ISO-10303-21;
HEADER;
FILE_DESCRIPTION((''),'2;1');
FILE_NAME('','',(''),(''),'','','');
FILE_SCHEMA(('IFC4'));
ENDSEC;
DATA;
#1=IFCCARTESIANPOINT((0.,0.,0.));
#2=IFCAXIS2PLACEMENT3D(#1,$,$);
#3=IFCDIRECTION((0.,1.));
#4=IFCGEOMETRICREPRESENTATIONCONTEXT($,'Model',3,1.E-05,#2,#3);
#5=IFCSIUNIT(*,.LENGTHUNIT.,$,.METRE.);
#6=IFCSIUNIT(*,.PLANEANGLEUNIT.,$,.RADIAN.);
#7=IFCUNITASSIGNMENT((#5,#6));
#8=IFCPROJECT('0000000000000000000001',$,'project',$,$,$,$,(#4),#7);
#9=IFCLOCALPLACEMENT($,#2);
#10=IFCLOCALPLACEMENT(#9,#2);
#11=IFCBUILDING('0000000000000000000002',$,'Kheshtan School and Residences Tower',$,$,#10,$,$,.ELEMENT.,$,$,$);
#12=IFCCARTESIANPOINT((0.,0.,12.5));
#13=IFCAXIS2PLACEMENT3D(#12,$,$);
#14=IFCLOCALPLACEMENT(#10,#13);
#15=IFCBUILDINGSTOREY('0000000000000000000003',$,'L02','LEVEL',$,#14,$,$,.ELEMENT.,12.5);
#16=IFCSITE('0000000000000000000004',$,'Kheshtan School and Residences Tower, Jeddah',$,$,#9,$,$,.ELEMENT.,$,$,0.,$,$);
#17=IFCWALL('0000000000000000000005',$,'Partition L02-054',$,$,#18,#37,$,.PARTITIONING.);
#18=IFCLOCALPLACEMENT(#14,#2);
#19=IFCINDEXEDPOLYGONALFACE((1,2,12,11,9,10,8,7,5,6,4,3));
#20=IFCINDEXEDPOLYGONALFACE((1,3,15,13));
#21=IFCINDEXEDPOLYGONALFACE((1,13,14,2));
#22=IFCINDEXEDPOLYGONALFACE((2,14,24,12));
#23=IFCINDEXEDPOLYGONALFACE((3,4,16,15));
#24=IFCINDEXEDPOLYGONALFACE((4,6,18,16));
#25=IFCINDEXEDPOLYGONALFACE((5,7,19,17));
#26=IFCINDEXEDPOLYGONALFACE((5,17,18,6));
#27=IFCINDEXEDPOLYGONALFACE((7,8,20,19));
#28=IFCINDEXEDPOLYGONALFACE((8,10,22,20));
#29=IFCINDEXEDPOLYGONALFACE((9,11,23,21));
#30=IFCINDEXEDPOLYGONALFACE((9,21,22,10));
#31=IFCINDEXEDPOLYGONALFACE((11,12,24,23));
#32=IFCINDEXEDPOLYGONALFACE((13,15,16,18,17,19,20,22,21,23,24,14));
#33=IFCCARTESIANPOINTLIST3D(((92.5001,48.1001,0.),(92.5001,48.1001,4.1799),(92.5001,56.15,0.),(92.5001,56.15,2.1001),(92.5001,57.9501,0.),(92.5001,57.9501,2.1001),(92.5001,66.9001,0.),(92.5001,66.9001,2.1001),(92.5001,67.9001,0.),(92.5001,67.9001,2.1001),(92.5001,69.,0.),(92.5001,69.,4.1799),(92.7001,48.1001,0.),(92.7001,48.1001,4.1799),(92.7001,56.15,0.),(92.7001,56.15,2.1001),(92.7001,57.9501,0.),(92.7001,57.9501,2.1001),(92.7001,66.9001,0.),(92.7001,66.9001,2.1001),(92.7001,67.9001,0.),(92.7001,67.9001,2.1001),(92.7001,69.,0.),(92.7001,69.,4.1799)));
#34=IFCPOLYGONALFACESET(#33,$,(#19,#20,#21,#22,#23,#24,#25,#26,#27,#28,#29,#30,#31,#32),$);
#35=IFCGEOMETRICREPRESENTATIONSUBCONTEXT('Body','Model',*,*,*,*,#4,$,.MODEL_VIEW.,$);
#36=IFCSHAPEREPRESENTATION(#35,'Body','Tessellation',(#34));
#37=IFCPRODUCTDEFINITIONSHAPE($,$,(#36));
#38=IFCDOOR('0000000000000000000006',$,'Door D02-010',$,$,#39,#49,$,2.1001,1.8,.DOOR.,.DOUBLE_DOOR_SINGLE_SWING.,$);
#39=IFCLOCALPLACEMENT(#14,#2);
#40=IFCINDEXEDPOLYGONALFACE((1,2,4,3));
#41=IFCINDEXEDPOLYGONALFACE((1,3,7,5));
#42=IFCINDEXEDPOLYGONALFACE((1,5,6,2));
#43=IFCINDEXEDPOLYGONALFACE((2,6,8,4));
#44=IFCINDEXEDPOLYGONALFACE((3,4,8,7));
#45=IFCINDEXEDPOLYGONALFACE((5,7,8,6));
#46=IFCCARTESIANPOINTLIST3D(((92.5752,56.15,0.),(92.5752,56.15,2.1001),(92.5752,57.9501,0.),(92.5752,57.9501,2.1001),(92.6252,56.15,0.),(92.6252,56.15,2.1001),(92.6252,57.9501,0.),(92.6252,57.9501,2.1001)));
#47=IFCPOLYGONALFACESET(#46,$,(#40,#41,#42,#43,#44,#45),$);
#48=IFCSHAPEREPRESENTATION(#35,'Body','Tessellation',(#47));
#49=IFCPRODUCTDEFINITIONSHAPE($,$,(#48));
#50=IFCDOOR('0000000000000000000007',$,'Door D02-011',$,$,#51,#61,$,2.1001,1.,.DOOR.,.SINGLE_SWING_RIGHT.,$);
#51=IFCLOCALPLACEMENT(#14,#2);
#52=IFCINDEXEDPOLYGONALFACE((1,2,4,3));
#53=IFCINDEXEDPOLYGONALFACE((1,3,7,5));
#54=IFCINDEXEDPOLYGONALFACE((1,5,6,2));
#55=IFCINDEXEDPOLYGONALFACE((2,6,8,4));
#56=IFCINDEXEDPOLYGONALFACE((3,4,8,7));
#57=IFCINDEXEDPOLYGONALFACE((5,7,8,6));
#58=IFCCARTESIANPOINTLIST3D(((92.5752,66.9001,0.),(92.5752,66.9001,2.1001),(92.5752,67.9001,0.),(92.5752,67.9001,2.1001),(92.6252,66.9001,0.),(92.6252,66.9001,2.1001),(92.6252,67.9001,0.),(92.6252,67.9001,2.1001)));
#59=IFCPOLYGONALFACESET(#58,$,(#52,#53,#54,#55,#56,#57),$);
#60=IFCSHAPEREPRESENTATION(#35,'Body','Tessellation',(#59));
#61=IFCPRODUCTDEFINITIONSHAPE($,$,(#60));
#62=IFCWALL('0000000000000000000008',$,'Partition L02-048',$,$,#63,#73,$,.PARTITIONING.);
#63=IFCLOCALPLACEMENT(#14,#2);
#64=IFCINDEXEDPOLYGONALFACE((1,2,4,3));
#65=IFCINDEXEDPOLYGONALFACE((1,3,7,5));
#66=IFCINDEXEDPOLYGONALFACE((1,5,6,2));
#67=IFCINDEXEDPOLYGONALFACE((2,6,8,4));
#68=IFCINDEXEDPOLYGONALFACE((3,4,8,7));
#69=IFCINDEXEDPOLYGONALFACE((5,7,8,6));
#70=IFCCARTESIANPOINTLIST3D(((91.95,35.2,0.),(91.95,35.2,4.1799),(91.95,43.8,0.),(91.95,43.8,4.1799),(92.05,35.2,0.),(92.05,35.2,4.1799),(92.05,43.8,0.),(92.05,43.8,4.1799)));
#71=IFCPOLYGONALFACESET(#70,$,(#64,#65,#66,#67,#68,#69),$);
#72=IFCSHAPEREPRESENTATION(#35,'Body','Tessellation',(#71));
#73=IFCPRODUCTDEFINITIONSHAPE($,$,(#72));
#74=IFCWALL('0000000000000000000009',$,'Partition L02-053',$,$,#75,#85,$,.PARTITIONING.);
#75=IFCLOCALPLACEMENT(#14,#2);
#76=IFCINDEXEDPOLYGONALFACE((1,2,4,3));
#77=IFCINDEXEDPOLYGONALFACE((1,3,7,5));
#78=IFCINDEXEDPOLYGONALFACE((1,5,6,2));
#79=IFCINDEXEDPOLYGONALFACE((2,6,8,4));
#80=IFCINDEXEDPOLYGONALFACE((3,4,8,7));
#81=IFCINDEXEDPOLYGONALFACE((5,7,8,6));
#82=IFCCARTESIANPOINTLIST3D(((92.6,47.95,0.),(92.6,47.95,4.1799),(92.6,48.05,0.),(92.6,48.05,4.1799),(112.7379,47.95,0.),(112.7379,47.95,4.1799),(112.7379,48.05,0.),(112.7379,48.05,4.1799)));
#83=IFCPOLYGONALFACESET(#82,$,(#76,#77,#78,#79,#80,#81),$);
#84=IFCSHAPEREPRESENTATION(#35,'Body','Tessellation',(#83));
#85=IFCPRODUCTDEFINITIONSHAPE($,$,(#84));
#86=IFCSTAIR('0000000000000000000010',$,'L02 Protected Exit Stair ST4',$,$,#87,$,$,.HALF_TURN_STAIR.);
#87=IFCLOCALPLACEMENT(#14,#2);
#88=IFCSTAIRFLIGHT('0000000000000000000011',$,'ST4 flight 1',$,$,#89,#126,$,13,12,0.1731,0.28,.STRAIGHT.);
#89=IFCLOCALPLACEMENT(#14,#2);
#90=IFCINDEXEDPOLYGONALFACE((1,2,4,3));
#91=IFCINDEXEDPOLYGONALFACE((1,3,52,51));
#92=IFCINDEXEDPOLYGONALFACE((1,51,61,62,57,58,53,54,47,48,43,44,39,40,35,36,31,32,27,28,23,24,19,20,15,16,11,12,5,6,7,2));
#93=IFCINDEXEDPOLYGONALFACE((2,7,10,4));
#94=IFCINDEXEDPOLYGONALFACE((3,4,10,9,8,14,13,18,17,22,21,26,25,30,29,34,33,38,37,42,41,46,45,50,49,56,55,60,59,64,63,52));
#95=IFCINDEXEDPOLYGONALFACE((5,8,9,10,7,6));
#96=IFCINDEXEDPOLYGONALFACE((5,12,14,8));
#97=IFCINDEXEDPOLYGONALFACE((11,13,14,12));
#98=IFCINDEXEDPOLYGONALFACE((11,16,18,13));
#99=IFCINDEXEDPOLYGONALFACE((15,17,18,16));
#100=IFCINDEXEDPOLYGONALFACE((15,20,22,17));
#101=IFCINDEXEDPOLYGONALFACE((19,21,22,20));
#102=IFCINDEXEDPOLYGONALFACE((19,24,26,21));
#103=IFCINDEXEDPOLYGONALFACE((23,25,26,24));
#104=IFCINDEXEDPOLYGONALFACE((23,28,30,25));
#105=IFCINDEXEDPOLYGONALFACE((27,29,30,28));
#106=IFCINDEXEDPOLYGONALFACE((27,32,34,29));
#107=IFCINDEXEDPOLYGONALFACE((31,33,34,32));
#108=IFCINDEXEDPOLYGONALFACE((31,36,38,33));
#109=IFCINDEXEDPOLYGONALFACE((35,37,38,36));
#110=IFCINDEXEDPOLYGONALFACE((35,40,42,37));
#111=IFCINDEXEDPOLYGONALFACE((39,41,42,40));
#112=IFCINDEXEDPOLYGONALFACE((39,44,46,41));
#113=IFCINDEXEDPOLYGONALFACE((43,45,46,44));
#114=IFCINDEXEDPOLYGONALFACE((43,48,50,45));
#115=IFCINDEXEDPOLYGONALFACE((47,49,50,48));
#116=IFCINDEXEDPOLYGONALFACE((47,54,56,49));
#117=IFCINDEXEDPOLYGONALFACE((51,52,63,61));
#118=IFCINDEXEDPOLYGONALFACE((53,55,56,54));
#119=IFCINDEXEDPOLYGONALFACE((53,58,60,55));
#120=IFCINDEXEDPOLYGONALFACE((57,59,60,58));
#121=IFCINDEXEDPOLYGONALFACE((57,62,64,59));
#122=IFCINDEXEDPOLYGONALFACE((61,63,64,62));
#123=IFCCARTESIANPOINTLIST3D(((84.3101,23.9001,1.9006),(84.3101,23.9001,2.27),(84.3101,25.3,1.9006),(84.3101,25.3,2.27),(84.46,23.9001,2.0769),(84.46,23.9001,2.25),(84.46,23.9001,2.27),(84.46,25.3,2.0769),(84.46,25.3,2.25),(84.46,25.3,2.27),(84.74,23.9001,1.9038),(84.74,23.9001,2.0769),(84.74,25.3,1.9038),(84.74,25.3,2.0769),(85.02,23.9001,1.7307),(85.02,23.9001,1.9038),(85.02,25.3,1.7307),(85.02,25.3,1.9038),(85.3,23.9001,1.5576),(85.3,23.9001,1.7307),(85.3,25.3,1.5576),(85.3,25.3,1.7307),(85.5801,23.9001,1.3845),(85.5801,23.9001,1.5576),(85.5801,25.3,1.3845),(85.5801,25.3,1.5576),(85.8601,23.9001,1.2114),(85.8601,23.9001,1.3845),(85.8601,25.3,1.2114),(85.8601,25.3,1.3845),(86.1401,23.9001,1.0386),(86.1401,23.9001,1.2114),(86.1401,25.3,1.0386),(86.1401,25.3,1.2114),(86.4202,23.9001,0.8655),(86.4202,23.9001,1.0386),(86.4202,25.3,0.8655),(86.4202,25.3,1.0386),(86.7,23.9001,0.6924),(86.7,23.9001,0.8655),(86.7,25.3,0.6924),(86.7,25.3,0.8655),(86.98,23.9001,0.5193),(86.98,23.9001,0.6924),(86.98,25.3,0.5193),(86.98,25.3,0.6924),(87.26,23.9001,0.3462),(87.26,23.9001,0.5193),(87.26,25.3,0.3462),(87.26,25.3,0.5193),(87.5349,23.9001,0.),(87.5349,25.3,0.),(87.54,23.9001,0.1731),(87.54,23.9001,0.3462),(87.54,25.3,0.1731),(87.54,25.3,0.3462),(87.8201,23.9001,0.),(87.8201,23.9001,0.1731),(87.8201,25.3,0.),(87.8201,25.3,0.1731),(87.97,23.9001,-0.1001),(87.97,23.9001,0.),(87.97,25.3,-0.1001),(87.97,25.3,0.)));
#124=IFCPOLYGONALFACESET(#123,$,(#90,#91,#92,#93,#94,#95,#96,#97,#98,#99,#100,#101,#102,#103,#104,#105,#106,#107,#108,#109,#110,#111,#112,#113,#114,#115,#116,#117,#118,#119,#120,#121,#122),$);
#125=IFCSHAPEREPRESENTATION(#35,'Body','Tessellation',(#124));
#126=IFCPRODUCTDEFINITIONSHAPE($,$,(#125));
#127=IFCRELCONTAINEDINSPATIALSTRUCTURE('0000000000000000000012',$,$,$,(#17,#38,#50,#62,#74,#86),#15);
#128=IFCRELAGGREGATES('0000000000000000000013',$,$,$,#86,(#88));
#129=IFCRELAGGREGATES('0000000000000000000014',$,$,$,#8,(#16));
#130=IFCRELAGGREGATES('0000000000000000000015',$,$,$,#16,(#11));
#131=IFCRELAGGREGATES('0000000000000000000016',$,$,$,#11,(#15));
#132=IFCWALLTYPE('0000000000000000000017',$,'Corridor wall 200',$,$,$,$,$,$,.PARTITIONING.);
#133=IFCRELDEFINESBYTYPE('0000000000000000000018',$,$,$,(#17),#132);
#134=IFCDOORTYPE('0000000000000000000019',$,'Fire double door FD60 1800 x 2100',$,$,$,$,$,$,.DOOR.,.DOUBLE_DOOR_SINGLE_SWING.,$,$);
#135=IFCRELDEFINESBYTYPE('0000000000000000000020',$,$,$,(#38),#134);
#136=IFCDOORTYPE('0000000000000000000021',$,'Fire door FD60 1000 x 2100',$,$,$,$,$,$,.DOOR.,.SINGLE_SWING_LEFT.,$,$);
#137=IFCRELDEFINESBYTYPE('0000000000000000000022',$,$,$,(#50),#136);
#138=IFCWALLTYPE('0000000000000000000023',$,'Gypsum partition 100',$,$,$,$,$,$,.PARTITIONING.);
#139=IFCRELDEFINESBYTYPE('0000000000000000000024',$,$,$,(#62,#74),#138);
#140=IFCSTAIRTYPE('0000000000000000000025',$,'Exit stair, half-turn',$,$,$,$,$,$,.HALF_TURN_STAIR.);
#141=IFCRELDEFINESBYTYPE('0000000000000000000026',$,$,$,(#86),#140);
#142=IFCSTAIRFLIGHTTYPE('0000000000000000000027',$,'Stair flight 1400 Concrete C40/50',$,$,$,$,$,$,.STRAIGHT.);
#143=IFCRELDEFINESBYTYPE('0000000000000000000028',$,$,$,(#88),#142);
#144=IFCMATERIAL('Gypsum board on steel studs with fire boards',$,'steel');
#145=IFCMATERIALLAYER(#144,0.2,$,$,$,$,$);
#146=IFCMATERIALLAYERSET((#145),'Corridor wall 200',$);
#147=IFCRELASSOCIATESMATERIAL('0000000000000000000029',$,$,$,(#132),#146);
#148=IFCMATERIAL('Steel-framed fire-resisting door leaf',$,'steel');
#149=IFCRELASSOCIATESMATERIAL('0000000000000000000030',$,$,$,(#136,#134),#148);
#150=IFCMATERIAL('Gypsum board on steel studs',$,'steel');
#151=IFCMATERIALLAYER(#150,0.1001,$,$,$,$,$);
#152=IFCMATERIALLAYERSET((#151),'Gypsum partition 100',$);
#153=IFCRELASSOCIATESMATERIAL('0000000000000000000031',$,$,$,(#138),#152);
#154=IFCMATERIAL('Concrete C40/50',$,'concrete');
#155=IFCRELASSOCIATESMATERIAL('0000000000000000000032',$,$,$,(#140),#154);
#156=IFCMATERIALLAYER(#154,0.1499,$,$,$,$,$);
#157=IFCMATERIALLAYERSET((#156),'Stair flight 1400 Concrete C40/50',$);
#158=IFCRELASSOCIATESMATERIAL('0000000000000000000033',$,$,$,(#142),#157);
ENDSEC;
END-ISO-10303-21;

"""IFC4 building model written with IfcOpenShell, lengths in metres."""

from ifc_helpers import new_model, si_unit, direction, frame, frame_2d, origin, place, context, subcontext, project, spatial, polyline, rectangle, outline, extrude, source, transform, mapped, material, layer, layer_set, type_object, element, fill, aggregate, save


model = new_model("IFC4")

# Units and contexts
model_context = context("Model", 3, precision=1e-05, world=origin(), true_north=direction((0.0, 1.0)))
body_context = subcontext(model_context, "Body", "Model", "MODEL_VIEW")
ifc_project = project(units=[si_unit("LENGTHUNIT", "METRE"), si_unit("PLANEANGLEUNIT", "RADIAN")], contexts=[model_context])

# Site, building, storey
site_placement = place(None, origin())
site = spatial("IfcSite", under=ifc_project, at=site_placement, Name="Kheshtan School and Residences Tower, Jeddah", CompositionType="ELEMENT", RefElevation=0.0)
building_placement = place(site_placement, origin())
building = spatial("IfcBuilding", under=site, at=building_placement, Name="Kheshtan School and Residences Tower", CompositionType="ELEMENT")
storey_placement = place(building_placement, frame((0.0, 0.0, 12.5)))
storey = spatial("IfcBuildingStorey", under=building, at=storey_placement, Name="L02", Description="LEVEL", CompositionType="ELEMENT", Elevation=12.5)

# Shared definitions
ifc_material_1 = material(Name="Gypsum board on steel studs with fire boards", Category="steel")
ifc_layer_1 = layer(ifc_material_1, 0.2)
ifc_layer_set_1 = layer_set([ifc_layer_1], Name="Corridor wall 200")
wall_type_1 = type_object("IfcWallType", Name="Corridor wall 200", PredefinedType="PARTITIONING", material=ifc_layer_set_1)

# Shared definitions
ifc_material_2 = material(Name="Steel-framed fire-resisting door leaf", Category="steel")
door_type_1 = type_object("IfcDoorType", Name="Fire door FD60 1000 x 2100", OperationType="SINGLE_SWING_LEFT", PredefinedType="DOOR", material=ifc_material_2)
shared_shape_1 = source(origin(), body_context, "Body", "SweptSolid", [
    extrude(rectangle(XDim=1.0, YDim=2.1001, at=frame_2d((0.5, 1.05))), frame((0.0, 0.0249, 0.0), z_axis=(0.0, -1.0, 0.0), x_axis=(1.0, 0.0, 0.0)), (0.0, 0.0, 1.0), 0.05),
])

# Wall, openings, doors
wall_1_placement = place(storey_placement, frame((92.6001, 48.1001, 0.0), z_axis=(0.0, 0.0, 1.0), x_axis=(0.0, 1.0, 0.0)))
wall_1 = element("IfcWall", 1, at=wall_1_placement, inside=storey, type_object=wall_type_1, Name="Partition L02-054", PredefinedType="PARTITIONING", context=body_context, shape_type="SweptSolid", body=[
    extrude(rectangle(XDim=20.8999, YDim=0.2, at=frame_2d((10.45, 0.0))), origin(), (0.0, 0.0, 1.0), 4.1799),
])
opening_1_placement = place(wall_1_placement, frame((8.05, 0.0, 0.0)))
opening_1 = element("IfcOpeningElement", 2, at=opening_1_placement, cuts=wall_1, PredefinedType="OPENING", context=body_context, shape_type="SweptSolid", body=[
    extrude(rectangle(XDim=1.8, YDim=2.1001, at=frame_2d((0.8999, 1.05))), frame((0.0, 0.1099, 0.0), z_axis=(0.0, -1.0, 0.0), x_axis=(1.0, 0.0, 0.0)), (0.0, 0.0, 1.0), 0.22),
])
opening_2_placement = place(wall_1_placement, frame((18.8, 0.0, 0.0)))
opening_2 = element("IfcOpeningElement", 3, at=opening_2_placement, cuts=wall_1, PredefinedType="OPENING", context=body_context, shape_type="SweptSolid", body=[
    extrude(rectangle(XDim=1.0, YDim=2.1001, at=frame_2d((0.5, 1.05))), frame((0.0, 0.1099, 0.0), z_axis=(0.0, -1.0, 0.0), x_axis=(1.0, 0.0, 0.0)), (0.0, 0.0, 1.0), 0.22),
])
door_type_2 = type_object("IfcDoorType", Name="Fire double door FD60 1800 x 2100", OperationType="DOUBLE_DOOR_SINGLE_SWING", PredefinedType="DOOR", material=ifc_material_2)
shared_shape_2 = source(origin(), body_context, "Body", "SweptSolid", [
    extrude(rectangle(XDim=1.8, YDim=2.1001, at=frame_2d((0.8999, 1.05))), frame((0.0, 0.0249, 0.0), z_axis=(0.0, -1.0, 0.0), x_axis=(1.0, 0.0, 0.0)), (0.0, 0.0, 1.0), 0.05),
])
door_1_placement = place(opening_1_placement, origin())
door_1 = element("IfcDoor", 4, at=door_1_placement, inside=storey, type_object=door_type_2, Name="Door D02-010", OperationType="DOUBLE_DOOR_SINGLE_SWING", OverallHeight=2.1001, OverallWidth=1.8, PredefinedType="DOOR", context=body_context, shape_type="MappedRepresentation", body=[
    mapped(shared_shape_2, transform((0.0, 0.0, 0.0), x_axis=(1.0, 0.0, 0.0), y_axis=(0.0, 1.0, 0.0), z_axis=(0.0, 0.0, 1.0), scale=1.0)),
])
fill(opening_1, door_1)
door_2_placement = place(opening_2_placement, origin())
door_2 = element("IfcDoor", 5, at=door_2_placement, inside=storey, type_object=door_type_1, Name="Door D02-011", OperationType="SINGLE_SWING_RIGHT", OverallHeight=2.1001, OverallWidth=1.0, PredefinedType="DOOR", context=body_context, shape_type="MappedRepresentation", body=[
    mapped(shared_shape_1, transform((0.0, 0.0, 0.0), x_axis=(1.0, 0.0, 0.0), y_axis=(0.0, 1.0, 0.0), z_axis=(0.0, 0.0, 1.0), scale=1.0)),
])
fill(opening_2, door_2)

# Walls
ifc_material_3 = material(Name="Gypsum board on steel studs", Category="steel")
ifc_layer_2 = layer(ifc_material_3, 0.1001)
ifc_layer_set_2 = layer_set([ifc_layer_2], Name="Gypsum partition 100")
wall_type_2 = type_object("IfcWallType", Name="Gypsum partition 100", PredefinedType="PARTITIONING", material=ifc_layer_set_2)
wall_2_placement = place(storey_placement, frame((92.0, 35.2, 0.0), z_axis=(0.0, 0.0, 1.0), x_axis=(0.0, 1.0, 0.0)))
element("IfcWall", 6, at=wall_2_placement, inside=storey, type_object=wall_type_2, Name="Partition L02-048", PredefinedType="PARTITIONING", context=body_context, shape_type="SweptSolid", body=[
    extrude(rectangle(XDim=8.6001, YDim=0.1001, at=frame_2d((4.3, 0.0))), origin(), (0.0, 0.0, 1.0), 4.1799),
])
wall_3_placement = place(storey_placement, frame((92.6001, 48.0, 0.0), z_axis=(0.0, 0.0, 1.0), x_axis=(1.0, 0.0, 0.0)))
element("IfcWall", 7, at=wall_3_placement, inside=storey, type_object=wall_type_2, Name="Partition L02-053", PredefinedType="PARTITIONING", context=body_context, shape_type="SweptSolid", body=[
    extrude(rectangle(XDim=20.1379, YDim=0.1001, at=frame_2d((10.0688, 0.0))), origin(), (0.0, 0.0, 1.0), 4.1799),
])

# Stair, stair flight
ifc_material_4 = material(Name="Concrete C40/50", Category="concrete")
stair_type = type_object("IfcStairType", Name="Exit stair, half-turn", PredefinedType="HALF_TURN_STAIR", material=ifc_material_4)
stair_placement = place(storey_placement, origin())
stair = element("IfcStair", 8, at=stair_placement, inside=storey, type_object=stair_type, Name="L02 Protected Exit Stair ST4", PredefinedType="HALF_TURN_STAIR")
ifc_layer_3 = layer(ifc_material_4, 0.1499)
ifc_layer_set_3 = layer_set([ifc_layer_3], Name="Stair flight 1400 Concrete C40/50")
stair_flight_type = type_object("IfcStairFlightType", Name="Stair flight 1400 Concrete C40/50", PredefinedType="STRAIGHT", material=ifc_layer_set_3)
stair_flight_placement = place(storey_placement, frame((87.8201, 24.6001, 0.0), z_axis=(0.0, 0.0, 1.0), x_axis=(-1.0, 0.0, 0.0)))
stair_flight = element("IfcStairFlight", 9, at=stair_flight_placement, type_object=stair_flight_type, Name="ST4 flight 1", NumberOfRisers=13, NumberOfTreads=12, PredefinedType="STRAIGHT", RiserHeight=0.1731, TreadLength=0.28, context=body_context, shape_type="SweptSolid", body=[
    extrude(outline(polyline([(-0.1499, -0.1001), (-0.1499, 0.0), (0.0, 0.0), (0.0, 0.1731), (0.28, 0.1731), (0.28, 0.3462), (0.5601, 0.3462), (0.5601, 0.5193), (0.8401, 0.5193), (0.8401, 0.6924), (1.1201, 0.6924), (1.1201, 0.8655), (1.3999, 0.8655), (1.3999, 1.0386), (1.6799, 1.0386), (1.6799, 1.2114), (1.96, 1.2114), (1.96, 1.3845), (2.24, 1.3845), (2.24, 1.5576), (2.52, 1.5576), (2.52, 1.7307), (2.8, 1.7307), (2.8, 1.9038), (3.0801, 1.9038), (3.0801, 2.0769), (3.3601, 2.0769), (3.3601, 2.25), (3.3601, 2.27), (3.51, 2.27), (3.51, 1.9006), (0.2852, 0.0), (-0.1499, -0.1001)])), frame((0.0, 0.7, 0.0), z_axis=(0.0, -1.0, 0.0), x_axis=(1.0, 0.0, 0.0)), (0.0, 0.0, 1.0), 1.3999),
])
aggregate(stair, [stair_flight])

save(model, "model.ifc")
